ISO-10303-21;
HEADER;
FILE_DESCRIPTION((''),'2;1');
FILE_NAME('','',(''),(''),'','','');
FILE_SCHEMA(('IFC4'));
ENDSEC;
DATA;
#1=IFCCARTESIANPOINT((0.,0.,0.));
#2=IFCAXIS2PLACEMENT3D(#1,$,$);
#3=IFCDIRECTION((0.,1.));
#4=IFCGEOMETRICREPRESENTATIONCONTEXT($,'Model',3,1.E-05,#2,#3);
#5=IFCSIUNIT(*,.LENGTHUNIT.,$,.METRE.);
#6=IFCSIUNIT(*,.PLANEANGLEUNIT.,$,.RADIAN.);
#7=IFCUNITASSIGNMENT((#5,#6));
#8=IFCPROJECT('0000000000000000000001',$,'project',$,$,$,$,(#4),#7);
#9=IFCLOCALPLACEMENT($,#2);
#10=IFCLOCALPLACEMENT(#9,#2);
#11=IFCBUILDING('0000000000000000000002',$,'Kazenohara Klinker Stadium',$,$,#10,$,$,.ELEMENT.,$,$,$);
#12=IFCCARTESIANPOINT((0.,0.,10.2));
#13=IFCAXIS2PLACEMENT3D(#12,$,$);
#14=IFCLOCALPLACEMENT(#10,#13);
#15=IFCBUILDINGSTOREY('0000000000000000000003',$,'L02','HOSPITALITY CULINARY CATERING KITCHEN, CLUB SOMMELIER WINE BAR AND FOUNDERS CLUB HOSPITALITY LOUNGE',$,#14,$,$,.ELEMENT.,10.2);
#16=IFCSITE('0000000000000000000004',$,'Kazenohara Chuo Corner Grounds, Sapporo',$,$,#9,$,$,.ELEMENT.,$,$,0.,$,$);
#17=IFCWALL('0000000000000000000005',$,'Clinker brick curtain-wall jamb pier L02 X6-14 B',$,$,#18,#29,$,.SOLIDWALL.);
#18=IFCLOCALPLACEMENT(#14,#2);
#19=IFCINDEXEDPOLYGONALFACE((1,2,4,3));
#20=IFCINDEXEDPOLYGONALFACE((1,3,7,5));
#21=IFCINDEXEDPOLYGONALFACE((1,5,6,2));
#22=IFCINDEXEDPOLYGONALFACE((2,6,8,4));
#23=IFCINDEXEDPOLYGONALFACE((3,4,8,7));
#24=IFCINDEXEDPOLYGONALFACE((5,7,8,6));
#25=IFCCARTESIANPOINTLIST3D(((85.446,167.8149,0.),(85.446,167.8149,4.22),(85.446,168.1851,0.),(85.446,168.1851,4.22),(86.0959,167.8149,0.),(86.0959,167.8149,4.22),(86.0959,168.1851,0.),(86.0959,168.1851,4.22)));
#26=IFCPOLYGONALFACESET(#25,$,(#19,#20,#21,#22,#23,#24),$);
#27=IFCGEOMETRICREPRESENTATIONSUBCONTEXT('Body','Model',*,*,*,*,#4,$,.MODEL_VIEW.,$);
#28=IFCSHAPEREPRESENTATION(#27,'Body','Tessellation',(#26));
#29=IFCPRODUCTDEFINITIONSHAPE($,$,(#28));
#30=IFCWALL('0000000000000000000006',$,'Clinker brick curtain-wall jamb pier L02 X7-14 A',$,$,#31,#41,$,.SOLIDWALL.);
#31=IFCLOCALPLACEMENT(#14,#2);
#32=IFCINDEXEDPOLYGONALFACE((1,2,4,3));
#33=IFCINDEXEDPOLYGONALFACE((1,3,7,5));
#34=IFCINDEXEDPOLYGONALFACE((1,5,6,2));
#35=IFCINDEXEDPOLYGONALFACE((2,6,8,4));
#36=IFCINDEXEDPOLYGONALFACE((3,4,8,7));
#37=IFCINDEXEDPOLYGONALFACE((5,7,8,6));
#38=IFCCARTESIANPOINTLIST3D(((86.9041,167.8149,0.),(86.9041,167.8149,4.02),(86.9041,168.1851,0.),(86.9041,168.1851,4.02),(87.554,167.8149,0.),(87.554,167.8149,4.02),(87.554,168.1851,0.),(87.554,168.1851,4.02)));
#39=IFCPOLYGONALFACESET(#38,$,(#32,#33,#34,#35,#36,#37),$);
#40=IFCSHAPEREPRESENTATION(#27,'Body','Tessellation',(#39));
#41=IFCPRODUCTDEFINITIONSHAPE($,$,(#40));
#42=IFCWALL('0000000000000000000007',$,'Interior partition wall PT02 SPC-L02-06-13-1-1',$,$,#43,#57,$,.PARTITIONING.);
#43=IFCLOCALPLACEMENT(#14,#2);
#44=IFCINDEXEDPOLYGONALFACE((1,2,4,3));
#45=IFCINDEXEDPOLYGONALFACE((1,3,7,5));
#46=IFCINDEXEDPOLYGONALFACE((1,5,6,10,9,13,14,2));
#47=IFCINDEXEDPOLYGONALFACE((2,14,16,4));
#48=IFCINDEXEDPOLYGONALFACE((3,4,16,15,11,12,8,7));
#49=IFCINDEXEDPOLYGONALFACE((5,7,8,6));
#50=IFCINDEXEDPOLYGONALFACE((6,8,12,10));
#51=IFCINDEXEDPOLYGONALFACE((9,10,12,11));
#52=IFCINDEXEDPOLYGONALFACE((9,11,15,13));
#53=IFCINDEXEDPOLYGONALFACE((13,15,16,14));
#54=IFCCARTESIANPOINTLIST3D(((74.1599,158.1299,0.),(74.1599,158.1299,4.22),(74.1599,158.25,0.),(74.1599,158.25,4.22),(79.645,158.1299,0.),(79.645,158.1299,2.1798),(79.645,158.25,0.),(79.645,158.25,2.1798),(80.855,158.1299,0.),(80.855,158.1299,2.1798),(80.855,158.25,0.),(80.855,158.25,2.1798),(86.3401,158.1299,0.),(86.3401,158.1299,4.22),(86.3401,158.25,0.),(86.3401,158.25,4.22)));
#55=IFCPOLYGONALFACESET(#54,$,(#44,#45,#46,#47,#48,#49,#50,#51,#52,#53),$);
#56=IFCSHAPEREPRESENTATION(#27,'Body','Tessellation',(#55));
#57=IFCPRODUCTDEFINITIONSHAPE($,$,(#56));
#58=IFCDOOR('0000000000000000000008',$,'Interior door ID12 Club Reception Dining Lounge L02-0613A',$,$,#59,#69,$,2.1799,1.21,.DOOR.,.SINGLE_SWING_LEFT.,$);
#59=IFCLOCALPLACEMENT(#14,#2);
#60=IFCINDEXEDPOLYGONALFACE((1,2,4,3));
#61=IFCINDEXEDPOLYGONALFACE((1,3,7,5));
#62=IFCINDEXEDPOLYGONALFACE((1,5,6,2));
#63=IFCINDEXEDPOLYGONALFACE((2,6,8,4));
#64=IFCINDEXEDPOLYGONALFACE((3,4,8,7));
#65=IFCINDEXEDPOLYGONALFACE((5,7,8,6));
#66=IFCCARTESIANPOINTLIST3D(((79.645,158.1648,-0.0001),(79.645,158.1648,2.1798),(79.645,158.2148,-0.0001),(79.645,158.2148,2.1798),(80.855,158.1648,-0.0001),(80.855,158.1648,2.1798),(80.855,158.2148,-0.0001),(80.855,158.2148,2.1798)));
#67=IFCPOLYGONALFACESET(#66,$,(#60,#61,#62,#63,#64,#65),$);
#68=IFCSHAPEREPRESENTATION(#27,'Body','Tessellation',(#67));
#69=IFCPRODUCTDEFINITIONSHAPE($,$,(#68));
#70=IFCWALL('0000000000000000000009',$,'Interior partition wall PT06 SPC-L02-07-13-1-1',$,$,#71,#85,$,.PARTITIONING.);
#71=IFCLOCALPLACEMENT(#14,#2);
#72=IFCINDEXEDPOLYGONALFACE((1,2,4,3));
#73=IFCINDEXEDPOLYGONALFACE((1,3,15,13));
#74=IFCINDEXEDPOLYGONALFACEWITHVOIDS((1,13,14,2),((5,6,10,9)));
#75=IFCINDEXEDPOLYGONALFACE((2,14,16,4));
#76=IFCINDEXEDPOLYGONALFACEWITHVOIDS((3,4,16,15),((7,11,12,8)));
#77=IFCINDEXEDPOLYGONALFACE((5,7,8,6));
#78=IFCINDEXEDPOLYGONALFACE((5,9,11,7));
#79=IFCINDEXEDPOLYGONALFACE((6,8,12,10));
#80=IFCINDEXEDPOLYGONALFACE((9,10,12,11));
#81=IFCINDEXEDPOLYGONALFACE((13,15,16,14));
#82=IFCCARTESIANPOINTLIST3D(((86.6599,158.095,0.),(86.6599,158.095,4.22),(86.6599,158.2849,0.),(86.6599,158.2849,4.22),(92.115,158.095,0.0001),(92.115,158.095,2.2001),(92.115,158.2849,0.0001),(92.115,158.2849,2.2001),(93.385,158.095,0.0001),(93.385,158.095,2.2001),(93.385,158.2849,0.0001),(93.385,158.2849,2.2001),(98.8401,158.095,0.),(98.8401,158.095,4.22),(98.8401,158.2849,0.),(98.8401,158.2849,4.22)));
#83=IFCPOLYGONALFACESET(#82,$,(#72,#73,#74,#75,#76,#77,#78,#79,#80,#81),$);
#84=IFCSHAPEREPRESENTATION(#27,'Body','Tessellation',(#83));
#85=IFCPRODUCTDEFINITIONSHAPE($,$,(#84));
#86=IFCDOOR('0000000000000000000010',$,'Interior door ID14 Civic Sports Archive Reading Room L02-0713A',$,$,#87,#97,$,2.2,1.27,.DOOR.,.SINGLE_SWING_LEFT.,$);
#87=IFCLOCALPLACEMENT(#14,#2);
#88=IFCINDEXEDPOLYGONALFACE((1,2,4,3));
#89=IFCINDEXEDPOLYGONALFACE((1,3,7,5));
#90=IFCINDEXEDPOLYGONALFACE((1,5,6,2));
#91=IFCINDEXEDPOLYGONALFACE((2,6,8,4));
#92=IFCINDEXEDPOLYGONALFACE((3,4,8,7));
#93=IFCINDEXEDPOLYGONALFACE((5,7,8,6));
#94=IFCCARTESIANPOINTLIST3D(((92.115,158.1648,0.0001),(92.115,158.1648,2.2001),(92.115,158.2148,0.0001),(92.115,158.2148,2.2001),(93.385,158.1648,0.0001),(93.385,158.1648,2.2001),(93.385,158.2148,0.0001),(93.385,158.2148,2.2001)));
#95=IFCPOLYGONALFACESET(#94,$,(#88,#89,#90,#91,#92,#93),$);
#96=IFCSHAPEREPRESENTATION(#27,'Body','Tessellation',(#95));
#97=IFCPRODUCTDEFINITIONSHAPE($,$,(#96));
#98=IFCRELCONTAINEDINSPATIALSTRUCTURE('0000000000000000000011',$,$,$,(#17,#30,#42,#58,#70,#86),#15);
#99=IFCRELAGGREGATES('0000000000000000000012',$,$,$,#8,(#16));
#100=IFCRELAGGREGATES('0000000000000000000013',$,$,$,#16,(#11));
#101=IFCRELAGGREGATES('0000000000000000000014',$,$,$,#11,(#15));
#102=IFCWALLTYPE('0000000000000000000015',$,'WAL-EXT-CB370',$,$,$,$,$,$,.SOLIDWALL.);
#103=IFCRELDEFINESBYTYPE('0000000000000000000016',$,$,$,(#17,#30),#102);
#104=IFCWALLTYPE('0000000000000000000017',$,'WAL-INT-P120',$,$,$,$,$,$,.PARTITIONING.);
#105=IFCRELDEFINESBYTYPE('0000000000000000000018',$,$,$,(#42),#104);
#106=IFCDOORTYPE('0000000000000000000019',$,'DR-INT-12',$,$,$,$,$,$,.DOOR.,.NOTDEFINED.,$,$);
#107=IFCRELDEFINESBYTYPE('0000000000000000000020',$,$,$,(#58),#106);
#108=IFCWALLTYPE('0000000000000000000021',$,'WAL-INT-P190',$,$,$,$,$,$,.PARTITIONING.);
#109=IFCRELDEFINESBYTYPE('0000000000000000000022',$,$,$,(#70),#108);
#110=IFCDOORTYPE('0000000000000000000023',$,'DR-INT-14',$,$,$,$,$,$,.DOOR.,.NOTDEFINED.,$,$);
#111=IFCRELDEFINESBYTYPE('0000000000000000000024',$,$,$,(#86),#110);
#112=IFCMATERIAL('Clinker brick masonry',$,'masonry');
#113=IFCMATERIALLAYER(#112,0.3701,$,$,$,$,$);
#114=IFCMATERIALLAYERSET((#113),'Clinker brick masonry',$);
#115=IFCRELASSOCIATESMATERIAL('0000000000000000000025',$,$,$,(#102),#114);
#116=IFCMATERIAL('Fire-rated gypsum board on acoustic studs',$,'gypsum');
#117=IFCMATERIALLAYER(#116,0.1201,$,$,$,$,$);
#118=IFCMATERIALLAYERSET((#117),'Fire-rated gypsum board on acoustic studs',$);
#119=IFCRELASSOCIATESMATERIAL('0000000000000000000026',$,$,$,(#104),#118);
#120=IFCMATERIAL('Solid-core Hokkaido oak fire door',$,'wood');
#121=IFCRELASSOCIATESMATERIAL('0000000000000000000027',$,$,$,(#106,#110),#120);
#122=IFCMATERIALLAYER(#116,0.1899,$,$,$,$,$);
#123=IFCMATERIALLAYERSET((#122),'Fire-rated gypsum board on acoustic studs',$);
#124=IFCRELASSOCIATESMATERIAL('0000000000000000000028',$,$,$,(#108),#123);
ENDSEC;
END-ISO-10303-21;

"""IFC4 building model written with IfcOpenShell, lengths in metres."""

from ifc_helpers import new_model, si_unit, direction, frame, frame_2d, origin, place, context, subcontext, project, spatial, rectangle, extrude, material, layer, layer_set, type_object, element, fill, save


model = new_model("IFC4")

# Units and contexts
model_context = context("Model", 3, precision=1e-05, world=origin(), true_north=direction((0.0, 1.0)))
body_context = subcontext(model_context, "Body", "Model", "MODEL_VIEW")
ifc_project = project(units=[si_unit("LENGTHUNIT", "METRE"), si_unit("PLANEANGLEUNIT", "RADIAN")], contexts=[model_context])

# Site, building, storey
site_placement = place(None, origin())
site = spatial("IfcSite", under=ifc_project, at=site_placement, Name="Kazenohara Chuo Corner Grounds, Sapporo", CompositionType="ELEMENT", RefElevation=0.0)
building_placement = place(site_placement, origin())
building = spatial("IfcBuilding", under=site, at=building_placement, Name="Kazenohara Klinker Stadium", CompositionType="ELEMENT")
storey_placement = place(building_placement, frame((0.0, 0.0, 10.2)))
storey = spatial("IfcBuildingStorey", under=building, at=storey_placement, Name="L02", Description="HOSPITALITY CULINARY CATERING KITCHEN, CLUB SOMMELIER WINE BAR AND FOUNDERS CLUB HOSPITALITY LOUNGE", CompositionType="ELEMENT", Elevation=10.2)

# Walls
ifc_material_1 = material(Name="Clinker brick masonry", Category="masonry")
ifc_layer_1 = layer(ifc_material_1, 0.3701)
ifc_layer_set_1 = layer_set([ifc_layer_1], Name="Clinker brick masonry")
wall_type_1 = type_object("IfcWallType", Name="WAL-EXT-CB370", PredefinedType="SOLIDWALL", material=ifc_layer_set_1)
for number, where, z_axis, x_axis, name in (
    (1, (85.446, 168.0, 0.0), (0.0, 0.0, 1.0), (1.0, 0.0, 0.0), "Clinker brick curtain-wall jamb pier L02 X6-14 B"),
):
    element("IfcWall", number, at=place(storey_placement, frame(where, z_axis=z_axis, x_axis=x_axis)), inside=storey, type_object=wall_type_1, Name=name, PredefinedType="SOLIDWALL", context=body_context, shape_type="SweptSolid", body=[
        extrude(rectangle(XDim=0.6499, YDim=0.3701, at=frame_2d((0.325, 0.0))), origin(), (0.0, 0.0, 1.0), 4.22),
    ])
wall_1_placement = place(storey_placement, frame((86.9041, 168.0, 0.0), z_axis=(0.0, 0.0, 1.0), x_axis=(1.0, 0.0, 0.0)))
element("IfcWall", 2, at=wall_1_placement, inside=storey, type_object=wall_type_1, Name="Clinker brick curtain-wall jamb pier L02 X7-14 A", PredefinedType="SOLIDWALL", context=body_context, shape_type="SweptSolid", body=[
    extrude(rectangle(XDim=0.6499, YDim=0.3701, at=frame_2d((0.325, 0.0))), origin(), (0.0, 0.0, 1.0), 4.02),
])

# Walls, openings, doors
ifc_material_2 = material(Name="Fire-rated gypsum board on acoustic studs", Category="gypsum")
ifc_layer_2 = layer(ifc_material_2, 0.1201)
ifc_layer_set_2 = layer_set([ifc_layer_2], Name="Fire-rated gypsum board on acoustic studs")
wall_type_2 = type_object("IfcWallType", Name="WAL-INT-P120", PredefinedType="PARTITIONING", material=ifc_layer_set_2)
wall_2_placement = place(storey_placement, frame((74.1599, 158.1899, 0.0), z_axis=(0.0, 0.0, 1.0), x_axis=(1.0, 0.0, 0.0)))
wall_2 = element("IfcWall", 3, at=wall_2_placement, inside=storey, type_object=wall_type_2, Name="Interior partition wall PT02 SPC-L02-06-13-1-1", PredefinedType="PARTITIONING", context=body_context, shape_type="SweptSolid", body=[
    extrude(rectangle(XDim=12.1802, YDim=0.1201, at=frame_2d((6.0901, 0.0))), origin(), (0.0, 0.0, 1.0), 4.22),
])
opening_1_placement = place(wall_2_placement, frame((5.4851, 0.0, 0.0)))
opening_1 = element("IfcOpeningElement", 4, at=opening_1_placement, cuts=wall_2, PredefinedType="OPENING", context=body_context, shape_type="SweptSolid", body=[
    extrude(rectangle(XDim=1.21, YDim=2.1799, at=frame_2d((0.605, 1.0898))), frame((0.0, 0.0701, 0.0), z_axis=(0.0, -1.0, 0.0), x_axis=(1.0, 0.0, 0.0)), (0.0, 0.0, 1.0), 0.1401),
])
ifc_material_3 = material(Name="Solid-core Hokkaido oak fire door", Category="wood")
door_type_1 = type_object("IfcDoorType", Name="DR-INT-12", OperationType="NOTDEFINED", PredefinedType="DOOR", material=ifc_material_3)
door_1_placement = place(opening_1_placement, origin())
door_1 = element("IfcDoor", 5, at=door_1_placement, inside=storey, type_object=door_type_1, Name="Interior door ID12 Club Reception Dining Lounge L02-0613A", OperationType="SINGLE_SWING_LEFT", OverallHeight=2.1799, OverallWidth=1.21, PredefinedType="DOOR", context=body_context, shape_type="SweptSolid", body=[
    extrude(rectangle(XDim=1.21, YDim=2.1799, at=frame_2d((0.605, 1.0898))), frame((0.0, 0.0249, 0.0), z_axis=(0.0, -1.0, 0.0), x_axis=(1.0, 0.0, 0.0)), (0.0, 0.0, 1.0), 0.05),
])
fill(opening_1, door_1)
ifc_layer_3 = layer(ifc_material_2, 0.1899)
ifc_layer_set_3 = layer_set([ifc_layer_3], Name="Fire-rated gypsum board on acoustic studs")
wall_type_3 = type_object("IfcWallType", Name="WAL-INT-P190", PredefinedType="PARTITIONING", material=ifc_layer_set_3)
wall_3_placement = place(storey_placement, frame((86.6599, 158.1899, 0.0), z_axis=(0.0, 0.0, 1.0), x_axis=(1.0, 0.0, 0.0)))
wall_3 = element("IfcWall", 6, at=wall_3_placement, inside=storey, type_object=wall_type_3, Name="Interior partition wall PT06 SPC-L02-07-13-1-1", PredefinedType="PARTITIONING", context=body_context, shape_type="SweptSolid", body=[
    extrude(rectangle(XDim=12.1802, YDim=0.1899, at=frame_2d((6.0901, 0.0))), origin(), (0.0, 0.0, 1.0), 4.22),
])
opening_2_placement = place(wall_3_placement, frame((5.4551, 0.0, 0.0)))
opening_2 = element("IfcOpeningElement", 7, at=opening_2_placement, cuts=wall_3, PredefinedType="OPENING", context=body_context, shape_type="SweptSolid", body=[
    extrude(rectangle(XDim=1.27, YDim=2.2, at=frame_2d((0.635, 1.1001))), frame((0.0, 0.105, 0.0), z_axis=(0.0, -1.0, 0.0), x_axis=(1.0, 0.0, 0.0)), (0.0, 0.0, 1.0), 0.21),
])
door_type_2 = type_object("IfcDoorType", Name="DR-INT-14", OperationType="NOTDEFINED", PredefinedType="DOOR", material=ifc_material_3)
door_2_placement = place(opening_2_placement, origin())
door_2 = element("IfcDoor", 8, at=door_2_placement, inside=storey, type_object=door_type_2, Name="Interior door ID14 Civic Sports Archive Reading Room L02-0713A", OperationType="SINGLE_SWING_LEFT", OverallHeight=2.2, OverallWidth=1.27, PredefinedType="DOOR", context=body_context, shape_type="SweptSolid", body=[
    extrude(rectangle(XDim=1.27, YDim=2.2, at=frame_2d((0.635, 1.1001))), frame((0.0, 0.0249, 0.0), z_axis=(0.0, -1.0, 0.0), x_axis=(1.0, 0.0, 0.0)), (0.0, 0.0, 1.0), 0.05),
])
fill(opening_2, door_2)

save(model, "model.ifc")
